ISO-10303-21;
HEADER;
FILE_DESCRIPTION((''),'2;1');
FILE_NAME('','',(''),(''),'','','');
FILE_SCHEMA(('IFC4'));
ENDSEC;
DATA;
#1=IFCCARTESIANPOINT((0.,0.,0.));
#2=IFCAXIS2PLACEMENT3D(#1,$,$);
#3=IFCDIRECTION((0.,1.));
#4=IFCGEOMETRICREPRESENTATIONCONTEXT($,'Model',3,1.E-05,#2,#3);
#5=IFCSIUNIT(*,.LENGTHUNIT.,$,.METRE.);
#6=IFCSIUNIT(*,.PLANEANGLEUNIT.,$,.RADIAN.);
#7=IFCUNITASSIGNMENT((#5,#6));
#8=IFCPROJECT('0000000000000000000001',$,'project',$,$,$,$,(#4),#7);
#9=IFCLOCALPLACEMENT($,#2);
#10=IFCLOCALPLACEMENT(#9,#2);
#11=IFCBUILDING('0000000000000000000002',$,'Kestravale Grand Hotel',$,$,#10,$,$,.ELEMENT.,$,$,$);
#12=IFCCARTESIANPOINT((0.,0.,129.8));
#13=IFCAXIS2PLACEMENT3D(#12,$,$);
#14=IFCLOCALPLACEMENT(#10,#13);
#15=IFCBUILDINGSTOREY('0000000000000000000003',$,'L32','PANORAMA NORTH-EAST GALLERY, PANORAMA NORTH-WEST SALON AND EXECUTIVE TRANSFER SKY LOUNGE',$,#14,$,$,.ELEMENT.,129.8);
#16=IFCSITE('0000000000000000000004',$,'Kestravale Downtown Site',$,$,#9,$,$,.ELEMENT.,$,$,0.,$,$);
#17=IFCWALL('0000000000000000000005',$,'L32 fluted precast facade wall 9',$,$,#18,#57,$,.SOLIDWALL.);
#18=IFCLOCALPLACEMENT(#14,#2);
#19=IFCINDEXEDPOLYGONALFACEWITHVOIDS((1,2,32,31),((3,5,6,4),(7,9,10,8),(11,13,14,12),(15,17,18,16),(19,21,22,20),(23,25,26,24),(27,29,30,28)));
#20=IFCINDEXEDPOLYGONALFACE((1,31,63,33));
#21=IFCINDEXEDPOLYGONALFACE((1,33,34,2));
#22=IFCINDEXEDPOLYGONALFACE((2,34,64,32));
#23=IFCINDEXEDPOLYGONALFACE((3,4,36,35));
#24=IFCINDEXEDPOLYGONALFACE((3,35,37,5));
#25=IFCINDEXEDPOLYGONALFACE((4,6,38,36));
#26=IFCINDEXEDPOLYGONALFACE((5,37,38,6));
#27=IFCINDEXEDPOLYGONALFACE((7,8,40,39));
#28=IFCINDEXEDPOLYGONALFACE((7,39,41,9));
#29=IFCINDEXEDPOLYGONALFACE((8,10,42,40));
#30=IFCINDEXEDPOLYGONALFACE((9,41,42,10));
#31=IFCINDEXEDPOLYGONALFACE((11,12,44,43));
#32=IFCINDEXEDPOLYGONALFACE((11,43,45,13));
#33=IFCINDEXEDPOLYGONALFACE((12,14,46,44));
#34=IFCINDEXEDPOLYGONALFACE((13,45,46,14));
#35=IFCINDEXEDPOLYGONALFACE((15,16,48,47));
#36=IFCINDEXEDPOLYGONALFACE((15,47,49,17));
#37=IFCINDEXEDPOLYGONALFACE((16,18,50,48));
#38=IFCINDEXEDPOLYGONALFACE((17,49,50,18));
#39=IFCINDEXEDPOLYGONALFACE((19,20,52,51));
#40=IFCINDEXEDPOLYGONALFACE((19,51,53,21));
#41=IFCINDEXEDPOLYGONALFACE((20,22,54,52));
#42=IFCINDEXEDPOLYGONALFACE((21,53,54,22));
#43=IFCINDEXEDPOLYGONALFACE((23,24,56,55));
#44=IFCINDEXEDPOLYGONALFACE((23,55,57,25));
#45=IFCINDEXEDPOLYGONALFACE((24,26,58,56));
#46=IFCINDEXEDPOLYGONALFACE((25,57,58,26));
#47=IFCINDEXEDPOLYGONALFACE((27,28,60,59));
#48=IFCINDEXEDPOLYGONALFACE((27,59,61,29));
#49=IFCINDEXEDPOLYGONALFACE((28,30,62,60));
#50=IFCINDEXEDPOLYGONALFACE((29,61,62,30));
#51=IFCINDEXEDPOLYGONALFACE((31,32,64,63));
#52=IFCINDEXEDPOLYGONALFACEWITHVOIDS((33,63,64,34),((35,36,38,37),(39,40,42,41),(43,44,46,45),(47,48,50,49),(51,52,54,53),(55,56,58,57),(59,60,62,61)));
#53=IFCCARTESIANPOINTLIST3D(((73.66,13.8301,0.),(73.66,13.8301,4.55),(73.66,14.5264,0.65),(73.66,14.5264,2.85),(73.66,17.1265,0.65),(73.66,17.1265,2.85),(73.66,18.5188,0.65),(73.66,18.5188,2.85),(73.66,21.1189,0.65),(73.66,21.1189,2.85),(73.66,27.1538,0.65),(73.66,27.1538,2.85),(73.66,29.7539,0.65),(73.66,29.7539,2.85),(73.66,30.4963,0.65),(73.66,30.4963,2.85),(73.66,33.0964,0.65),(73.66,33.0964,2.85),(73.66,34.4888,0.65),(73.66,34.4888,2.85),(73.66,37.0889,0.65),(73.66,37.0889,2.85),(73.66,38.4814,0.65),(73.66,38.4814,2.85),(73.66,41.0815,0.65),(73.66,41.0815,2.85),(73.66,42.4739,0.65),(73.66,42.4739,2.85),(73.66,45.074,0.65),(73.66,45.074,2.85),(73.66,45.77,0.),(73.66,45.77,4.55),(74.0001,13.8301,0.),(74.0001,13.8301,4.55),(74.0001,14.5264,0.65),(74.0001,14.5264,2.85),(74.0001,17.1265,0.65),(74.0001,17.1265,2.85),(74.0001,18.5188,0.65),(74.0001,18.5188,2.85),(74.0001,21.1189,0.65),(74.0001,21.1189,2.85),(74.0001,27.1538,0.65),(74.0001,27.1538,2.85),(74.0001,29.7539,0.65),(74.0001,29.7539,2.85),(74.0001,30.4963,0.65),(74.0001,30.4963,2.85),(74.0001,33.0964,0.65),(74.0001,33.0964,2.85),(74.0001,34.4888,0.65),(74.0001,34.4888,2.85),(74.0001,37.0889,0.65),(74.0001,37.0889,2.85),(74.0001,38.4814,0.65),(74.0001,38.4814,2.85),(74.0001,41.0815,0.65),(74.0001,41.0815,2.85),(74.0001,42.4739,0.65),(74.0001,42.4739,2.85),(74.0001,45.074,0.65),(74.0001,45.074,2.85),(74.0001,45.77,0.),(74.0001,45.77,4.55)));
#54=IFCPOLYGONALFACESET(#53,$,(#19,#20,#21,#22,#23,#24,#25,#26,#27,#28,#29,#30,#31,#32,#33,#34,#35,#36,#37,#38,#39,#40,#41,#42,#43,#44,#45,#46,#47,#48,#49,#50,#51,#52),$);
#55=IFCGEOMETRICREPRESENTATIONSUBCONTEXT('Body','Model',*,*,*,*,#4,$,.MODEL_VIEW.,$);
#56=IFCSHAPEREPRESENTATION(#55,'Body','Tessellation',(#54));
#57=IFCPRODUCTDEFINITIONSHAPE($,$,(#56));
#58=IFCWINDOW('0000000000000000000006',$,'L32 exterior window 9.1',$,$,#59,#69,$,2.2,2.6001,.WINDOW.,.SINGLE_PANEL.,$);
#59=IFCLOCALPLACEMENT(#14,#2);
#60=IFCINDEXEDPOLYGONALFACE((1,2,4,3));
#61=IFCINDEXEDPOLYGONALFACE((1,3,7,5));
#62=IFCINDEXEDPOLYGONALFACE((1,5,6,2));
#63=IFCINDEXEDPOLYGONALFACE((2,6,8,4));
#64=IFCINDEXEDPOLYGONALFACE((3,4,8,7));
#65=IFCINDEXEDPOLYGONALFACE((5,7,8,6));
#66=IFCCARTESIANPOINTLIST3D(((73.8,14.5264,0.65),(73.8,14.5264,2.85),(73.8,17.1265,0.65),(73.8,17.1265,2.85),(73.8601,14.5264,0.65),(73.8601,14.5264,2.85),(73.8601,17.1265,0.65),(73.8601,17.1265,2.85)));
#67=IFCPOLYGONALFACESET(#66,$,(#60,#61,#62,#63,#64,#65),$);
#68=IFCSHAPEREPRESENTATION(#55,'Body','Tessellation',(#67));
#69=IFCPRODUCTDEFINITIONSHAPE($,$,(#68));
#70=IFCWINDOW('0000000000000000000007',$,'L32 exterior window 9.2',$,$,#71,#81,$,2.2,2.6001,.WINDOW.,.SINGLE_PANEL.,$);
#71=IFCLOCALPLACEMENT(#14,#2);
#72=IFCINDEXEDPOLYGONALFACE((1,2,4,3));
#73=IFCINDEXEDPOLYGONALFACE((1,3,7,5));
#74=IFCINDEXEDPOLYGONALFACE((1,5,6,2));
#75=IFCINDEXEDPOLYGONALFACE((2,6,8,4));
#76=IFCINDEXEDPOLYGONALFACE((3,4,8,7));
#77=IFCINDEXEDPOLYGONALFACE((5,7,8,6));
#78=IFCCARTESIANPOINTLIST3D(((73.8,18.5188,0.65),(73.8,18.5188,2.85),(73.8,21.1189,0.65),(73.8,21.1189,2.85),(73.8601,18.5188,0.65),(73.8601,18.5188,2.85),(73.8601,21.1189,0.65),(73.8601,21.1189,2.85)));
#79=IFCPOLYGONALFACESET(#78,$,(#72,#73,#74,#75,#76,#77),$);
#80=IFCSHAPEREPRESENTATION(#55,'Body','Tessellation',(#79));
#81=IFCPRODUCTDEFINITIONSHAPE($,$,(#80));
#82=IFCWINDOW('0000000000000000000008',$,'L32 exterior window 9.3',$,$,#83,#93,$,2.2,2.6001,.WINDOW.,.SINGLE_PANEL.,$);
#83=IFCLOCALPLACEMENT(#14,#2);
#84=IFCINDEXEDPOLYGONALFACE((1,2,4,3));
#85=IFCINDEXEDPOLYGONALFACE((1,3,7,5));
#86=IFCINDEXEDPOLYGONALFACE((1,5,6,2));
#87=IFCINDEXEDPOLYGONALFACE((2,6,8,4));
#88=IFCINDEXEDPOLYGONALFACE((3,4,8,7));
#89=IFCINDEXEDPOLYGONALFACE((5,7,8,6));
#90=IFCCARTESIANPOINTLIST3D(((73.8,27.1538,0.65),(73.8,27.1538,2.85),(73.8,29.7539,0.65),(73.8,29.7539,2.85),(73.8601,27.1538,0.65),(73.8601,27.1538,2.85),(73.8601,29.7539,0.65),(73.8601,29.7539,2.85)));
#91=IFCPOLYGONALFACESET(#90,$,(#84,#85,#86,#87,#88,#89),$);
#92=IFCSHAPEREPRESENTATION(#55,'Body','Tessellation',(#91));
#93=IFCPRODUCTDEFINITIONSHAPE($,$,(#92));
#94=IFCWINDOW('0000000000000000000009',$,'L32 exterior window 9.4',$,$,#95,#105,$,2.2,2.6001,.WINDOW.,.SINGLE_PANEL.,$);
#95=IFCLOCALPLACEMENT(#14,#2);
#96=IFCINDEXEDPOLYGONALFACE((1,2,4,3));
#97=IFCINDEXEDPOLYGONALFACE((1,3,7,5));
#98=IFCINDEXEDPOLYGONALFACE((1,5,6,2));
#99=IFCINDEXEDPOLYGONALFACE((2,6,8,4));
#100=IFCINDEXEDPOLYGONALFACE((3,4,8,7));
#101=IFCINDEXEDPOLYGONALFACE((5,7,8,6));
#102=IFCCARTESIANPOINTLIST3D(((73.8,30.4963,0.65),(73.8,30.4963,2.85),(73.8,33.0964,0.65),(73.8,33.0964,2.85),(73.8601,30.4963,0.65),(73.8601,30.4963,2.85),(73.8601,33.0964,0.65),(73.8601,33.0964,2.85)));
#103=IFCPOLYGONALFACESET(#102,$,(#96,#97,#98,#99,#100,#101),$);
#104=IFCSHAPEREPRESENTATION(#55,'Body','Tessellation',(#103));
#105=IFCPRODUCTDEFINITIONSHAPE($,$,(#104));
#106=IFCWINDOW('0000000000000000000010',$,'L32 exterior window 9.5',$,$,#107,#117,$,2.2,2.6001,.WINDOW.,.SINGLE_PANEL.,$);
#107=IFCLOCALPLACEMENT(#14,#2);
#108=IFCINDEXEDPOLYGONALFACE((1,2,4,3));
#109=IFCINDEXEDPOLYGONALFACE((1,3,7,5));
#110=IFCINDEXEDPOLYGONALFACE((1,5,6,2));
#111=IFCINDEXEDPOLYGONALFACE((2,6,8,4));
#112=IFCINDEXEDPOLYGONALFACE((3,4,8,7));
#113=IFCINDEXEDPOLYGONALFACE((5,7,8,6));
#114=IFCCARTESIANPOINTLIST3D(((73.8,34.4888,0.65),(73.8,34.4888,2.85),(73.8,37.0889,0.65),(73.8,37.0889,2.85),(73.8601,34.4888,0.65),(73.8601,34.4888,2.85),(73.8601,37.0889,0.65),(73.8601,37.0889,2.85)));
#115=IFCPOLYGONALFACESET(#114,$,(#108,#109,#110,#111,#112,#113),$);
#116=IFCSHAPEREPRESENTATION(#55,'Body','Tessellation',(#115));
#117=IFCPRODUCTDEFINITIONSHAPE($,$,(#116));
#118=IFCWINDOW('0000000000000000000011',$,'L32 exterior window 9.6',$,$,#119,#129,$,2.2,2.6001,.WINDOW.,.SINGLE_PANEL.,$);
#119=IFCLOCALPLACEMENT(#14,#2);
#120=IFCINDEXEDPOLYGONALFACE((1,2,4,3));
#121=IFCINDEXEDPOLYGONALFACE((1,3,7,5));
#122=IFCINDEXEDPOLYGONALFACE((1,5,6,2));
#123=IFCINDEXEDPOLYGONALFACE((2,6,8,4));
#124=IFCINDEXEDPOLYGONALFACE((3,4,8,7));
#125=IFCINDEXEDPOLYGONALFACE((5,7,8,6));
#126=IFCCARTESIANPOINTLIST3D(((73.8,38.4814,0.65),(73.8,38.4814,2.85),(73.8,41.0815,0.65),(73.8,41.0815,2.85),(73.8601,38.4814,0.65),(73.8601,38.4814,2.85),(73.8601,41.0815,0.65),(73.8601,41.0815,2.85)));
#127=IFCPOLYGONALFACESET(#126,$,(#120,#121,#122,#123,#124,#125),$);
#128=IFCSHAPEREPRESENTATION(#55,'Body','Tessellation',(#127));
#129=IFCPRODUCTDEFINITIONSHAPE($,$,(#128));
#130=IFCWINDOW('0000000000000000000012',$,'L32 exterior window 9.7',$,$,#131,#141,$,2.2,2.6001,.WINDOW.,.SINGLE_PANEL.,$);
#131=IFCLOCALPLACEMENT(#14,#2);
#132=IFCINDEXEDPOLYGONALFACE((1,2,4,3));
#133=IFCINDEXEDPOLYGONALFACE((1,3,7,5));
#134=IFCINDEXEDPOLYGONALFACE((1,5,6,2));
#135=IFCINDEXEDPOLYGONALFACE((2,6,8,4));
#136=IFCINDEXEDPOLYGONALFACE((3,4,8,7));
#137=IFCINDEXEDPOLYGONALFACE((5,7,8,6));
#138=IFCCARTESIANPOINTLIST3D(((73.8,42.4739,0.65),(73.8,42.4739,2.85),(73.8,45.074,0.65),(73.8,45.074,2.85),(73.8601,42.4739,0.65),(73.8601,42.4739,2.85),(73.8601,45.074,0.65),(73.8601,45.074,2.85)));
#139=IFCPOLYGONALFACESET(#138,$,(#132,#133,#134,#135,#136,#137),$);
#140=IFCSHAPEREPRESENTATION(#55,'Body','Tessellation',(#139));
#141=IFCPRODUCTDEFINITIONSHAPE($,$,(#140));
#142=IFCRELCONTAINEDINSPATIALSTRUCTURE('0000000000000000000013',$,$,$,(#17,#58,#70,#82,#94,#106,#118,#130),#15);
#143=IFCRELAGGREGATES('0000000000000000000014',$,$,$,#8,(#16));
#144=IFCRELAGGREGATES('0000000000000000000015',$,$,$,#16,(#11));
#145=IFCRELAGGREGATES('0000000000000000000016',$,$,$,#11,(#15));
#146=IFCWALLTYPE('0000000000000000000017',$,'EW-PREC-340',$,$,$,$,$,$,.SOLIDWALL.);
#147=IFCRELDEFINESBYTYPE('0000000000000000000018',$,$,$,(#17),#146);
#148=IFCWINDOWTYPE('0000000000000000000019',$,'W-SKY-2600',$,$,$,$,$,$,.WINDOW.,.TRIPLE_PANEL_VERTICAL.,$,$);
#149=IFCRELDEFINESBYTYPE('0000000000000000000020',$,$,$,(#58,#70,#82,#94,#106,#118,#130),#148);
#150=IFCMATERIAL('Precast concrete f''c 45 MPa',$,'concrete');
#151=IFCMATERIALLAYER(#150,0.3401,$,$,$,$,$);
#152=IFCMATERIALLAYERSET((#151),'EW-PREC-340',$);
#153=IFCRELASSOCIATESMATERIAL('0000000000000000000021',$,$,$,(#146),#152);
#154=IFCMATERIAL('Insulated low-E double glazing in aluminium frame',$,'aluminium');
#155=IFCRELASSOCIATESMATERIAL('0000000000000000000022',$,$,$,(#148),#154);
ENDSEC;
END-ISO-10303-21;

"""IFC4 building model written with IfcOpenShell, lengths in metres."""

from ifc_helpers import new_model, si_unit, direction, frame, frame_2d, origin, place, context, subcontext, project, spatial, rectangle, extrude, material, layer, layer_set, type_object, element, fill, save


model = new_model("IFC4")

# Units and contexts
model_context = context("Model", 3, precision=1e-05, world=origin(), true_north=direction((0.0, 1.0)))
body_context = subcontext(model_context, "Body", "Model", "MODEL_VIEW")
ifc_project = project(units=[si_unit("LENGTHUNIT", "METRE"), si_unit("PLANEANGLEUNIT", "RADIAN")], contexts=[model_context])

# Site, building, storey
site_placement = place(None, origin())
site = spatial("IfcSite", under=ifc_project, at=site_placement, Name="Kestravale Downtown Site", CompositionType="ELEMENT", RefElevation=0.0)
building_placement = place(site_placement, origin())
building = spatial("IfcBuilding", under=site, at=building_placement, Name="Kestravale Grand Hotel", CompositionType="ELEMENT")
storey_placement = place(building_placement, frame((0.0, 0.0, 129.8)))
storey = spatial("IfcBuildingStorey", under=building, at=storey_placement, Name="L32", Description="PANORAMA NORTH-EAST GALLERY, PANORAMA NORTH-WEST SALON AND EXECUTIVE TRANSFER SKY LOUNGE", CompositionType="ELEMENT", Elevation=129.8)

# Wall, openings, windows
ifc_material_1 = material(Name="Precast concrete f'c 45 MPa", Category="concrete")
ifc_layer_1 = layer(ifc_material_1, 0.3401)
ifc_layer_set_1 = layer_set([ifc_layer_1], Name="EW-PREC-340")
wall_type = type_object("IfcWallType", Name="EW-PREC-340", PredefinedType="SOLIDWALL", material=ifc_layer_set_1)
wall_placement = place(storey_placement, frame((73.8301, 13.8301, 0.0), z_axis=(0.0, 0.0, 1.0), x_axis=(0.0, 1.0, 0.0)))
wall = element("IfcWall", 1, at=wall_placement, inside=storey, type_object=wall_type, Name="L32 fluted precast facade wall 9", PredefinedType="SOLIDWALL", context=body_context, shape_type="SweptSolid", body=[
    extrude(rectangle(XDim=31.9399, YDim=0.3401, at=frame_2d((15.97, 0.0))), origin(), (0.0, 0.0, 1.0), 4.55),
])
opening_1_placement = place(wall_placement, frame((0.6963, 0.0, 0.6499)))
opening_1 = element("IfcOpeningElement", 2, at=opening_1_placement, cuts=wall, PredefinedType="OPENING", context=body_context, shape_type="SweptSolid", body=[
    extrude(rectangle(XDim=2.6001, YDim=2.2, at=frame_2d((1.3, 1.1001))), frame((0.0, 0.1799, 0.0), z_axis=(0.0, -1.0, 0.0), x_axis=(1.0, 0.0, 0.0)), (0.0, 0.0, 1.0), 0.3601),
])
opening_2_placement = place(wall_placement, frame((4.6887, 0.0, 0.6499)))
opening_2 = element("IfcOpeningElement", 3, at=opening_2_placement, cuts=wall, PredefinedType="OPENING", context=body_context, shape_type="SweptSolid", body=[
    extrude(rectangle(XDim=2.6001, YDim=2.2, at=frame_2d((1.3, 1.1001))), frame((0.0, 0.1799, 0.0), z_axis=(0.0, -1.0, 0.0), x_axis=(1.0, 0.0, 0.0)), (0.0, 0.0, 1.0), 0.3601),
])
opening_3_placement = place(wall_placement, frame((13.3237, 0.0, 0.6499)))
opening_3 = element("IfcOpeningElement", 4, at=opening_3_placement, cuts=wall, PredefinedType="OPENING", context=body_context, shape_type="SweptSolid", body=[
    extrude(rectangle(XDim=2.6001, YDim=2.2, at=frame_2d((1.3, 1.1001))), frame((0.0, 0.1799, 0.0), z_axis=(0.0, -1.0, 0.0), x_axis=(1.0, 0.0, 0.0)), (0.0, 0.0, 1.0), 0.3601),
])
opening_4_placement = place(wall_placement, frame((16.6663, 0.0, 0.6499)))
opening_4 = element("IfcOpeningElement", 5, at=opening_4_placement, cuts=wall, PredefinedType="OPENING", context=body_context, shape_type="SweptSolid", body=[
    extrude(rectangle(XDim=2.6001, YDim=2.2, at=frame_2d((1.3, 1.1001))), frame((0.0, 0.1799, 0.0), z_axis=(0.0, -1.0, 0.0), x_axis=(1.0, 0.0, 0.0)), (0.0, 0.0, 1.0), 0.3601),
])
opening_5_placement = place(wall_placement, frame((20.6587, 0.0, 0.6499)))
opening_5 = element("IfcOpeningElement", 6, at=opening_5_placement, cuts=wall, PredefinedType="OPENING", context=body_context, shape_type="SweptSolid", body=[
    extrude(rectangle(XDim=2.6001, YDim=2.2, at=frame_2d((1.3, 1.1001))), frame((0.0, 0.1799, 0.0), z_axis=(0.0, -1.0, 0.0), x_axis=(1.0, 0.0, 0.0)), (0.0, 0.0, 1.0), 0.3601),
])
opening_6_placement = place(wall_placement, frame((24.6514, 0.0, 0.6499)))
opening_6 = element("IfcOpeningElement", 7, at=opening_6_placement, cuts=wall, PredefinedType="OPENING", context=body_context, shape_type="SweptSolid", body=[
    extrude(rectangle(XDim=2.6001, YDim=2.2, at=frame_2d((1.3, 1.1001))), frame((0.0, 0.1799, 0.0), z_axis=(0.0, -1.0, 0.0), x_axis=(1.0, 0.0, 0.0)), (0.0, 0.0, 1.0), 0.3601),
])
opening_7_placement = place(wall_placement, frame((28.6438, 0.0, 0.6499)))
opening_7 = element("IfcOpeningElement", 8, at=opening_7_placement, cuts=wall, PredefinedType="OPENING", context=body_context, shape_type="SweptSolid", body=[
    extrude(rectangle(XDim=2.6001, YDim=2.2, at=frame_2d((1.3, 1.1001))), frame((0.0, 0.1799, 0.0), z_axis=(0.0, -1.0, 0.0), x_axis=(1.0, 0.0, 0.0)), (0.0, 0.0, 1.0), 0.3601),
])
ifc_material_2 = material(Name="Insulated low-E double glazing in aluminium frame", Category="aluminium")
window_type = type_object("IfcWindowType", Name="W-SKY-2600", PartitioningType="TRIPLE_PANEL_VERTICAL", PredefinedType="WINDOW", material=ifc_material_2)
window_1_placement = place(opening_1_placement, origin())
window_1 = element("IfcWindow", 9, at=window_1_placement, inside=storey, type_object=window_type, Name="L32 exterior window 9.1", OverallHeight=2.2, OverallWidth=2.6001, PartitioningType="SINGLE_PANEL", PredefinedType="WINDOW", context=body_context, shape_type="SweptSolid", body=[
    extrude(rectangle(XDim=2.6001, YDim=2.2, at=frame_2d((1.3, 1.1001))), frame((0.0, 0.03, 0.0), z_axis=(0.0, -1.0, 0.0), x_axis=(1.0, 0.0, 0.0)), (0.0, 0.0, 1.0), 0.0601),
])
fill(opening_1, window_1)
window_2_placement = place(opening_2_placement, origin())
window_2 = element("IfcWindow", 10, at=window_2_placement, inside=storey, type_object=window_type, Name="L32 exterior window 9.2", OverallHeight=2.2, OverallWidth=2.6001, PartitioningType="SINGLE_PANEL", PredefinedType="WINDOW", context=body_context, shape_type="SweptSolid", body=[
    extrude(rectangle(XDim=2.6001, YDim=2.2, at=frame_2d((1.3, 1.1001))), frame((0.0, 0.03, 0.0), z_axis=(0.0, -1.0, 0.0), x_axis=(1.0, 0.0, 0.0)), (0.0, 0.0, 1.0), 0.0601),
])
fill(opening_2, window_2)
window_3_placement = place(opening_3_placement, origin())
window_3 = element("IfcWindow", 11, at=window_3_placement, inside=storey, type_object=window_type, Name="L32 exterior window 9.3", OverallHeight=2.2, OverallWidth=2.6001, PartitioningType="SINGLE_PANEL", PredefinedType="WINDOW", context=body_context, shape_type="SweptSolid", body=[
    extrude(rectangle(XDim=2.6001, YDim=2.2, at=frame_2d((1.3, 1.1001))), frame((0.0, 0.03, 0.0), z_axis=(0.0, -1.0, 0.0), x_axis=(1.0, 0.0, 0.0)), (0.0, 0.0, 1.0), 0.0601),
])
fill(opening_3, window_3)
window_4_placement = place(opening_4_placement, origin())
window_4 = element("IfcWindow", 12, at=window_4_placement, inside=storey, type_object=window_type, Name="L32 exterior window 9.4", OverallHeight=2.2, OverallWidth=2.6001, PartitioningType="SINGLE_PANEL", PredefinedType="WINDOW", context=body_context, shape_type="SweptSolid", body=[
    extrude(rectangle(XDim=2.6001, YDim=2.2, at=frame_2d((1.3, 1.1001))), frame((0.0, 0.03, 0.0), z_axis=(0.0, -1.0, 0.0), x_axis=(1.0, 0.0, 0.0)), (0.0, 0.0, 1.0), 0.0601),
])
fill(opening_4, window_4)
window_5_placement = place(opening_5_placement, origin())
window_5 = element("IfcWindow", 13, at=window_5_placement, inside=storey, type_object=window_type, Name="L32 exterior window 9.5", OverallHeight=2.2, OverallWidth=2.6001, PartitioningType="SINGLE_PANEL", PredefinedType="WINDOW", context=body_context, shape_type="SweptSolid", body=[
    extrude(rectangle(XDim=2.6001, YDim=2.2, at=frame_2d((1.3, 1.1001))), frame((0.0, 0.03, 0.0), z_axis=(0.0, -1.0, 0.0), x_axis=(1.0, 0.0, 0.0)), (0.0, 0.0, 1.0), 0.0601),
])
fill(opening_5, window_5)
window_6_placement = place(opening_6_placement, origin())
window_6 = element("IfcWindow", 14, at=window_6_placement, inside=storey, type_object=window_type, Name="L32 exterior window 9.6", OverallHeight=2.2, OverallWidth=2.6001, PartitioningType="SINGLE_PANEL", PredefinedType="WINDOW", context=body_context, shape_type="SweptSolid", body=[
    extrude(rectangle(XDim=2.6001, YDim=2.2, at=frame_2d((1.3, 1.1001))), frame((0.0, 0.03, 0.0), z_axis=(0.0, -1.0, 0.0), x_axis=(1.0, 0.0, 0.0)), (0.0, 0.0, 1.0), 0.0601),
])
fill(opening_6, window_6)
window_7_placement = place(opening_7_placement, origin())
window_7 = element("IfcWindow", 15, at=window_7_placement, inside=storey, type_object=window_type, Name="L32 exterior window 9.7", OverallHeight=2.2, OverallWidth=2.6001, PartitioningType="SINGLE_PANEL", PredefinedType="WINDOW", context=body_context, shape_type="SweptSolid", body=[
    extrude(rectangle(XDim=2.6001, YDim=2.2, at=frame_2d((1.3, 1.1001))), frame((0.0, 0.03, 0.0), z_axis=(0.0, -1.0, 0.0), x_axis=(1.0, 0.0, 0.0)), (0.0, 0.0, 1.0), 0.0601),
])
fill(opening_7, window_7)

save(model, "model.ifc")
